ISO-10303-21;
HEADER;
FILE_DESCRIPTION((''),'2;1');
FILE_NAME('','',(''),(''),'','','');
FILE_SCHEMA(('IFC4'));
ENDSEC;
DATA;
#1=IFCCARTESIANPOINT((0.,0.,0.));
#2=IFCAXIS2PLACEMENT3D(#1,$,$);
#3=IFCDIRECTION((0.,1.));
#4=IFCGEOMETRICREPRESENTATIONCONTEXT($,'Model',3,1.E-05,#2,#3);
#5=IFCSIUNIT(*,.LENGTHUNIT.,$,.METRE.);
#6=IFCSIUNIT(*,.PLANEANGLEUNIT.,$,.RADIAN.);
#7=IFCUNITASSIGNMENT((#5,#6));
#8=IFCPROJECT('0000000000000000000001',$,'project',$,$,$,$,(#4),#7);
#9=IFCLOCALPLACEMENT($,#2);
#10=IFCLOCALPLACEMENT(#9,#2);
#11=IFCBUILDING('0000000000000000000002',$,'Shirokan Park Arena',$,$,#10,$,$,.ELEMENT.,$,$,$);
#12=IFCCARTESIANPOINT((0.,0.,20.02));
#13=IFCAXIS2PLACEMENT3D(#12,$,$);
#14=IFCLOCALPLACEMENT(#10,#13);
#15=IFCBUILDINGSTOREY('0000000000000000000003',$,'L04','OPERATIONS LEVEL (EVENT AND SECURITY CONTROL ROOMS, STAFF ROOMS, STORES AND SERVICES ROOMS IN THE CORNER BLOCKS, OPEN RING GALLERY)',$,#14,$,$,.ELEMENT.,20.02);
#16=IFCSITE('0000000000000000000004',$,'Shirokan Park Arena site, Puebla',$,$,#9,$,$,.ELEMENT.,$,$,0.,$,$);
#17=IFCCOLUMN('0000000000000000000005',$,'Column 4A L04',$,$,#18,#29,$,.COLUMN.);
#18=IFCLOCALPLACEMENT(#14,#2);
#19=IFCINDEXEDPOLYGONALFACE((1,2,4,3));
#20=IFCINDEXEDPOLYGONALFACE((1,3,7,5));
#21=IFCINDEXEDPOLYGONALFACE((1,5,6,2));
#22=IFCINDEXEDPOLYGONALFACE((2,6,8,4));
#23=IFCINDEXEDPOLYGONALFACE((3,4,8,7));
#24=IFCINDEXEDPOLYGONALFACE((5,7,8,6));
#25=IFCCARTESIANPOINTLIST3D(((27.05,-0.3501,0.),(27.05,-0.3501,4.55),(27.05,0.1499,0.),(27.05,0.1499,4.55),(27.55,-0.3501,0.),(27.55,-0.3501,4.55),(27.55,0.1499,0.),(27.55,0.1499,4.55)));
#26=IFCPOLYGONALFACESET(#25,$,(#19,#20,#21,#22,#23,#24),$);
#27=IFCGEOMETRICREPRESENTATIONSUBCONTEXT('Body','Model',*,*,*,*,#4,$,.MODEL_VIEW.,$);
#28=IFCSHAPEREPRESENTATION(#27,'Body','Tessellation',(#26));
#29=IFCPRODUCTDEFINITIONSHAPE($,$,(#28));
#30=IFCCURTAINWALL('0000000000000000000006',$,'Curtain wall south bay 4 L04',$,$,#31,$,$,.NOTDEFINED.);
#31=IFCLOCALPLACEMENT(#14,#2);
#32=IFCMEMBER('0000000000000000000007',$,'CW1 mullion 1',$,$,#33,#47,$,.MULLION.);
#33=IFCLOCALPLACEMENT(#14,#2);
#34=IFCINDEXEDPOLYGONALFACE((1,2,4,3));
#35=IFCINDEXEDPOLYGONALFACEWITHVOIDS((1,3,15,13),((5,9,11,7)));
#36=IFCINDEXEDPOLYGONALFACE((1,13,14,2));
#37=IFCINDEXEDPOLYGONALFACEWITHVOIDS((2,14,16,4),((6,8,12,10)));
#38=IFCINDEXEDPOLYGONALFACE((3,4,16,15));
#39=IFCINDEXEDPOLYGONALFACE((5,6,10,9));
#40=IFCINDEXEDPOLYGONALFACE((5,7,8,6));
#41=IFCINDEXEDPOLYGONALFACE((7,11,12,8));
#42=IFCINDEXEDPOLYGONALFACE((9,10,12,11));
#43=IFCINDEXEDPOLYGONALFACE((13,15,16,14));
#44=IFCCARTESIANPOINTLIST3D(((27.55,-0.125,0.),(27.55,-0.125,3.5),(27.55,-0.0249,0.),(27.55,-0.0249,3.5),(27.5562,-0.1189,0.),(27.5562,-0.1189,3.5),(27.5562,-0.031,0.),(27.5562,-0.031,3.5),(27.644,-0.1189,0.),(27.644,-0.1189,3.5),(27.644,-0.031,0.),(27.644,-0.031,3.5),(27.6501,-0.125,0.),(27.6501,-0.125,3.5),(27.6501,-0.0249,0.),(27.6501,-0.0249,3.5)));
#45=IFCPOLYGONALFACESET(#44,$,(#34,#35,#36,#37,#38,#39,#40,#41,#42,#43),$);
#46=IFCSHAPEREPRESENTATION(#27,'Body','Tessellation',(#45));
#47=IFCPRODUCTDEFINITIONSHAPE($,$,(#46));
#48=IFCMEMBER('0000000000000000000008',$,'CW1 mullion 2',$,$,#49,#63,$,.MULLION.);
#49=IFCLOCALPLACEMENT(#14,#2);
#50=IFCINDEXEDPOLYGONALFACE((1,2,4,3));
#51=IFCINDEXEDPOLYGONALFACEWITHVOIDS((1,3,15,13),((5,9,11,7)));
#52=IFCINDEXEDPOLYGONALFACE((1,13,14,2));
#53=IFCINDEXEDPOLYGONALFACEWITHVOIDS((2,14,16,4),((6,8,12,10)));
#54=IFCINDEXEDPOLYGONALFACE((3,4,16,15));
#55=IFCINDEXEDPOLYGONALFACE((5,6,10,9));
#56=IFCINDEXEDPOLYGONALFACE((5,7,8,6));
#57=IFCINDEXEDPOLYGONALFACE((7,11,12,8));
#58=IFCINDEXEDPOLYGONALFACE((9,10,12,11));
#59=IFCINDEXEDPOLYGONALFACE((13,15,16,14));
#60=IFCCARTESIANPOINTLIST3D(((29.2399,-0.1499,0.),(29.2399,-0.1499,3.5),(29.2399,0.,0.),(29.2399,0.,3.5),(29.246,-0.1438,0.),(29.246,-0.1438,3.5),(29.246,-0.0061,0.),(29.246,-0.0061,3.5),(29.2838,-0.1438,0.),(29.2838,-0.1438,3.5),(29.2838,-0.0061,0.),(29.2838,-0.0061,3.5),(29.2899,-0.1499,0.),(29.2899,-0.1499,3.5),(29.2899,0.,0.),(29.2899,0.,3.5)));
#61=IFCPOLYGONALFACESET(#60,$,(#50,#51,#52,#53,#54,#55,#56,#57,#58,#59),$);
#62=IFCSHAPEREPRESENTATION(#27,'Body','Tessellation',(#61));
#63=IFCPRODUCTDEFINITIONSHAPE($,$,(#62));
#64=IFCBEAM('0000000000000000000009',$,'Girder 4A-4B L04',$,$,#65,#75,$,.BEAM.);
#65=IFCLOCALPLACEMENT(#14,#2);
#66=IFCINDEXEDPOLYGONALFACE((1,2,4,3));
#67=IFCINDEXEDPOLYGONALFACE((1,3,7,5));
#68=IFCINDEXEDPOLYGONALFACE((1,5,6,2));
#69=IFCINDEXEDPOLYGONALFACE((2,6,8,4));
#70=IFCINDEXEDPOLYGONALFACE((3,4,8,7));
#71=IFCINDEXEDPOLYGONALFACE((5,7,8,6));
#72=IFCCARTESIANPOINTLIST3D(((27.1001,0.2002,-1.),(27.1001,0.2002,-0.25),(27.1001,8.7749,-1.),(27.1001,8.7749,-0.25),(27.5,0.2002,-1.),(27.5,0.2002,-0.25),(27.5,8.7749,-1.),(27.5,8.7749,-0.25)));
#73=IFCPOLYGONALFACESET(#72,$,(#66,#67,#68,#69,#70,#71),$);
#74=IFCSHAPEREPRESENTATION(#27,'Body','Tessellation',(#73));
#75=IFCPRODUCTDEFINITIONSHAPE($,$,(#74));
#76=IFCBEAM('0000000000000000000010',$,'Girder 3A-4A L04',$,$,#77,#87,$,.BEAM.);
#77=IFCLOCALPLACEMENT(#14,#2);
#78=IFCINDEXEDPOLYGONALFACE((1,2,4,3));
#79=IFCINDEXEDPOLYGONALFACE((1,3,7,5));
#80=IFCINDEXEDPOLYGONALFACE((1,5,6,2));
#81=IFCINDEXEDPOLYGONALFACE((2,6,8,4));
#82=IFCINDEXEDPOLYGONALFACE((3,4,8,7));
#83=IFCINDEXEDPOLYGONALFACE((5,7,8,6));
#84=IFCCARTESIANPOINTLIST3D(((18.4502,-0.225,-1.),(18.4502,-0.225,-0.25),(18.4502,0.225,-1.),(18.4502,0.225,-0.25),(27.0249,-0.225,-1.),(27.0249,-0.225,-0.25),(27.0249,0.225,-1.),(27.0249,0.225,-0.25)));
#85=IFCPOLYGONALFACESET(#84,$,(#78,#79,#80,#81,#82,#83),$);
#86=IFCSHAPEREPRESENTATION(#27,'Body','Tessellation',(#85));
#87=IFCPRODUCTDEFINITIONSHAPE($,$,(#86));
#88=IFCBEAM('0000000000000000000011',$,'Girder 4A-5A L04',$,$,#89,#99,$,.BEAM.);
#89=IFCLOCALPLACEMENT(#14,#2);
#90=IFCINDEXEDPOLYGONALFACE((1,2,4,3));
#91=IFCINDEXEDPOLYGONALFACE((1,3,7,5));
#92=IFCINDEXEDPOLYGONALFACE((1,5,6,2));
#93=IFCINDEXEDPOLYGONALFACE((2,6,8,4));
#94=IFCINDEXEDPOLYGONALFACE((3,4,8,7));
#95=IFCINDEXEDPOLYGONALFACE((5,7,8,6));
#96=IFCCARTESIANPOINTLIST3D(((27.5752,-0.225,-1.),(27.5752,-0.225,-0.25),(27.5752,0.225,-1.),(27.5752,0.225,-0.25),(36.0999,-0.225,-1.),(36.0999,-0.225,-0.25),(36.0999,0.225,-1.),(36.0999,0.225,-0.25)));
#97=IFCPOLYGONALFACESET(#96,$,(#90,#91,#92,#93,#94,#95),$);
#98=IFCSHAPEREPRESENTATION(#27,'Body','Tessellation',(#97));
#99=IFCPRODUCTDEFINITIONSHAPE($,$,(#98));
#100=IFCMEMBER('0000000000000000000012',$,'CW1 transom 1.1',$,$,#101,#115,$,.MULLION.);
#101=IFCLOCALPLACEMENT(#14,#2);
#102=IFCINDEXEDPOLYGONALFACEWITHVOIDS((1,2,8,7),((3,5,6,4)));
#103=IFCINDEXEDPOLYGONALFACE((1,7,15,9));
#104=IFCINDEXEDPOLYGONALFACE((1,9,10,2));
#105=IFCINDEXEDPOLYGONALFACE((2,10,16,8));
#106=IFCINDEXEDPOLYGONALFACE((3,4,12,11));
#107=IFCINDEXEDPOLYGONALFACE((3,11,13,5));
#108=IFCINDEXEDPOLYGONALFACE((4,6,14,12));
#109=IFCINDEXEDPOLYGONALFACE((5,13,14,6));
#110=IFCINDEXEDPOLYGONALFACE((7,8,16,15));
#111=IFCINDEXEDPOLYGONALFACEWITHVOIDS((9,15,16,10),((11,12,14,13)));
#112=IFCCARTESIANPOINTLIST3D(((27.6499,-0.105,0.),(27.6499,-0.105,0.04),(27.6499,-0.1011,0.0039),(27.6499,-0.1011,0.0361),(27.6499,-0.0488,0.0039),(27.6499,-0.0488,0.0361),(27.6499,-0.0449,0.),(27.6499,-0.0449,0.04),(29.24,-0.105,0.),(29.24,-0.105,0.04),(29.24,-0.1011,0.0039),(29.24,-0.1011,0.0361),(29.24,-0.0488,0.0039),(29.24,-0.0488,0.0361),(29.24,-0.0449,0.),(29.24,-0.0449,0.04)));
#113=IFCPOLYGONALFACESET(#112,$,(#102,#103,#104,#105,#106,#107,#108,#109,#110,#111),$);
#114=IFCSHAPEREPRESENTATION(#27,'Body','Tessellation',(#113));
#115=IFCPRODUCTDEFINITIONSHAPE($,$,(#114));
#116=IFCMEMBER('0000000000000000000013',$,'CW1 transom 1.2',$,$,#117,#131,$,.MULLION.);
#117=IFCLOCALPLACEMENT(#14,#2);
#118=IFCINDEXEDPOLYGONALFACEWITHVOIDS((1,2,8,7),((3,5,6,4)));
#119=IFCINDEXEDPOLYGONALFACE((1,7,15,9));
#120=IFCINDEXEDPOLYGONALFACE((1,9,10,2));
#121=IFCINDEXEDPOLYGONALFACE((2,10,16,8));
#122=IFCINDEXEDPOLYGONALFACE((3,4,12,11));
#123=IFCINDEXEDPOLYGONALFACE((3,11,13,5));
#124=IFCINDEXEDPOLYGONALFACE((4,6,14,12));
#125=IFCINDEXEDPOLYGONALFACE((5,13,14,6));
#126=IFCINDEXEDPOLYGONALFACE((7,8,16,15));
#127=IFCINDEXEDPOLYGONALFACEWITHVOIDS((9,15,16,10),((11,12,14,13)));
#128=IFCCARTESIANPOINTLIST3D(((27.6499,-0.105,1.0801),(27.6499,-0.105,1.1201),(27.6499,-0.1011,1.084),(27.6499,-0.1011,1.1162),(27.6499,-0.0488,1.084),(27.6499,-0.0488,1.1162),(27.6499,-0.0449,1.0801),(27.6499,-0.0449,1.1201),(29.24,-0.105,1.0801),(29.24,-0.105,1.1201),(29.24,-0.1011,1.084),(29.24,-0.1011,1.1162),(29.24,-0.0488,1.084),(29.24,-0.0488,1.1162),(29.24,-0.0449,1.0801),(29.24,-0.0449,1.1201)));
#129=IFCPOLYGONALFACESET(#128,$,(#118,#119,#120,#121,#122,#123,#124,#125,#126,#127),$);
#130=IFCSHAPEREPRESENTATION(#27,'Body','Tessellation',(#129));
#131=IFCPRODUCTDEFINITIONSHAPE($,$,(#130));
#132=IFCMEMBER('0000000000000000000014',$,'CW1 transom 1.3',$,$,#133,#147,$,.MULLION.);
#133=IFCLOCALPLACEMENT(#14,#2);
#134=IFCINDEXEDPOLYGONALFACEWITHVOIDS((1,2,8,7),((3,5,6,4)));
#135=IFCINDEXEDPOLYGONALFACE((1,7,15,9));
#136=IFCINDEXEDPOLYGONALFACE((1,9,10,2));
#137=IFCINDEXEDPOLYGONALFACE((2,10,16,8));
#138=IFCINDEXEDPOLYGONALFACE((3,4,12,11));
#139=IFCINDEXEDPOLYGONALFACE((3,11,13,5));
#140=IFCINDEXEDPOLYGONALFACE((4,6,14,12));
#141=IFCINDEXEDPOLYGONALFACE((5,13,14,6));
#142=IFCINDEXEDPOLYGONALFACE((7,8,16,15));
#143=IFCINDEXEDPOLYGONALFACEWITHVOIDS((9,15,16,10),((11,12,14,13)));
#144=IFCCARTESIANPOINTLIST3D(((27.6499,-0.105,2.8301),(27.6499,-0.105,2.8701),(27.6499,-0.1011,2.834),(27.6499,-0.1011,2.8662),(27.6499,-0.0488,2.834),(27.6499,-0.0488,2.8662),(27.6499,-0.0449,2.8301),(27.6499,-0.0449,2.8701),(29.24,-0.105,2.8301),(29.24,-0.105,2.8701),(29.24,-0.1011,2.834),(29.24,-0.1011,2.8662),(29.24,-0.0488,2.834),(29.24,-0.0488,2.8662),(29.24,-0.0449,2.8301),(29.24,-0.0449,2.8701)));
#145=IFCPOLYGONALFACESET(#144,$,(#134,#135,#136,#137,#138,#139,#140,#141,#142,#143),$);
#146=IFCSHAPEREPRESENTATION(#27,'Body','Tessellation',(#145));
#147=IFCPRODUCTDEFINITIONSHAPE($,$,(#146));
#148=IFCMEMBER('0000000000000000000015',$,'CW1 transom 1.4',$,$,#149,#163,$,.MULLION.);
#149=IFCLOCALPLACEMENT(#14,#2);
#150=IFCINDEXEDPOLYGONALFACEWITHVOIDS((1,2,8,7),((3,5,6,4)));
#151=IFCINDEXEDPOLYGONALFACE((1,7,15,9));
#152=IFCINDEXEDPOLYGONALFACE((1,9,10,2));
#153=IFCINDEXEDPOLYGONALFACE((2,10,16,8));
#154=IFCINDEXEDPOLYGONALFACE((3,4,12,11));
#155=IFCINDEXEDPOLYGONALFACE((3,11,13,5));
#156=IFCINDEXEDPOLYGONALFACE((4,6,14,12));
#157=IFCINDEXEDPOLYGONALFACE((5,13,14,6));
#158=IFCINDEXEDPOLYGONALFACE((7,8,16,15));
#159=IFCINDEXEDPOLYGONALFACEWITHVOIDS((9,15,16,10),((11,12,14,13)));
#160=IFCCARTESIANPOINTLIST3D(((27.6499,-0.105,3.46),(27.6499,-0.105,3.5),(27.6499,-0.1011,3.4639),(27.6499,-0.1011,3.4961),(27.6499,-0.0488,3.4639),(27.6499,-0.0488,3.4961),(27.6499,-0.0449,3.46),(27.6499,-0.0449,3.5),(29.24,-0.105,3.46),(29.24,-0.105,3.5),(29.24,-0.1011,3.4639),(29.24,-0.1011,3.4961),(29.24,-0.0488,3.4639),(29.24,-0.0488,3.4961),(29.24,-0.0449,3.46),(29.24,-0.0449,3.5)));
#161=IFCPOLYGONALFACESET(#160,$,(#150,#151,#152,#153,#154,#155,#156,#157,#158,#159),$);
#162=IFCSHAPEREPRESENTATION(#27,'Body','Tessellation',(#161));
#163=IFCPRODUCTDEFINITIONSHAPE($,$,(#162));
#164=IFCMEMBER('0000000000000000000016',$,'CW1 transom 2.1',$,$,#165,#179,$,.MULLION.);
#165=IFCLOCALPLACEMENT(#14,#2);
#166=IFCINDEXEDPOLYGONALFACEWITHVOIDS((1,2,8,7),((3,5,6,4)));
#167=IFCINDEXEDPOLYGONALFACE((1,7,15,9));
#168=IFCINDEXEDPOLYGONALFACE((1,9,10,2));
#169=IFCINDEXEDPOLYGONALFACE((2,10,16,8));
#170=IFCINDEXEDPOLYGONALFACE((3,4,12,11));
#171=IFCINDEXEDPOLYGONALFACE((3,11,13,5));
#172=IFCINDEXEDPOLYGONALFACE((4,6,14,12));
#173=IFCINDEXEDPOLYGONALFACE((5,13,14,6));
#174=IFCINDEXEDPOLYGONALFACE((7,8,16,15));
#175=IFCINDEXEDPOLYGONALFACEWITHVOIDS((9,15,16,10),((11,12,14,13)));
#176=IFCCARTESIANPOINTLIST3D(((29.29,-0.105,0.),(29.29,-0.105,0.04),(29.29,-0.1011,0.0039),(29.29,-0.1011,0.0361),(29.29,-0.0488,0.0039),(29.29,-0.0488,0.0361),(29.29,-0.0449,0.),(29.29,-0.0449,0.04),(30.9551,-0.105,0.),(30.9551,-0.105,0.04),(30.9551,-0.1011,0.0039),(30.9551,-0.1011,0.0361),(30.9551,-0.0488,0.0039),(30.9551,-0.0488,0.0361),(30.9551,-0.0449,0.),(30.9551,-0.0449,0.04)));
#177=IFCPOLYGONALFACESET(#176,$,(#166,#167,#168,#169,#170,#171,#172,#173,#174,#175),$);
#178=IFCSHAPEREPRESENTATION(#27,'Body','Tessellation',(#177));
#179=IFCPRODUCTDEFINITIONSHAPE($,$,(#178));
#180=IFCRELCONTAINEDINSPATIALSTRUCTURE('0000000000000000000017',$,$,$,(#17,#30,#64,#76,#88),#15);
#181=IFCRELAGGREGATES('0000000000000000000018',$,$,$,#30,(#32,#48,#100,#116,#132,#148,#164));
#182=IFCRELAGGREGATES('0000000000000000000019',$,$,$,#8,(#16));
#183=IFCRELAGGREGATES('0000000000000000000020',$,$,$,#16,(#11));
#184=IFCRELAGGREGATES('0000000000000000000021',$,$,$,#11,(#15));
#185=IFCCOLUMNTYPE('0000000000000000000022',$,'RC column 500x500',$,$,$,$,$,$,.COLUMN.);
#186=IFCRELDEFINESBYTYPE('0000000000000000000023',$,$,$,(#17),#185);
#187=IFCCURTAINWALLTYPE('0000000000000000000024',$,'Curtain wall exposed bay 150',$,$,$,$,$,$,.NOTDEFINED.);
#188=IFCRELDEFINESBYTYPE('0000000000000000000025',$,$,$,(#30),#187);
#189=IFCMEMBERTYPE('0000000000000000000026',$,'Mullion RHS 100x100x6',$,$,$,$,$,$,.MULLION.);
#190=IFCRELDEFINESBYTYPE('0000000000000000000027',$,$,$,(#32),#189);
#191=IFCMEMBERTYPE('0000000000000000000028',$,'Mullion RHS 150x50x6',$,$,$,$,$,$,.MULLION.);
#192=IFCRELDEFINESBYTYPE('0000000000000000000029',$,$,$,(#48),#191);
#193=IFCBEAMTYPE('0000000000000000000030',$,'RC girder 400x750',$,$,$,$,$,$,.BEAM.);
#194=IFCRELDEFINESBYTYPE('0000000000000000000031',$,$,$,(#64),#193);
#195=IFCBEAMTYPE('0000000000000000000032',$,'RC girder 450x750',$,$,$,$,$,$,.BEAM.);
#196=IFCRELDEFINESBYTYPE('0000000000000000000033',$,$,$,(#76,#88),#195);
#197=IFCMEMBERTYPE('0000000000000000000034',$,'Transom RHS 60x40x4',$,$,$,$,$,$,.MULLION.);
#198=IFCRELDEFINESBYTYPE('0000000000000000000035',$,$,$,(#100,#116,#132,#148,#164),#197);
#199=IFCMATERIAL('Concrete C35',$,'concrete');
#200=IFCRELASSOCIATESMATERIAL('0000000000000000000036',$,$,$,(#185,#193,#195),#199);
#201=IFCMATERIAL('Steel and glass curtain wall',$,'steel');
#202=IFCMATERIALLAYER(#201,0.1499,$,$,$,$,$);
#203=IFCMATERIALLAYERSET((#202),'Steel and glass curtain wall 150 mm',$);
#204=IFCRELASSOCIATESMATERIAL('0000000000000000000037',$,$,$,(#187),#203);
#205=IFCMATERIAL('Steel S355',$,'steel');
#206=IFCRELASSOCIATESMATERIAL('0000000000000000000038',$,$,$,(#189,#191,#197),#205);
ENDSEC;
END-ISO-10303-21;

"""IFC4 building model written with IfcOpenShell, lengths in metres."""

from ifc_helpers import new_model, si_unit, direction, frame, origin, origin_2d, place, context, subcontext, project, spatial, rectangle, hollow_rectangle, extrude, material, layer, layer_set, material_profile, profile_set, type_object, element, aggregate, save


model = new_model("IFC4")

# Units and contexts
model_context = context("Model", 3, precision=1e-05, world=origin(), true_north=direction((0.0, 1.0)))
body_context = subcontext(model_context, "Body", "Model", "MODEL_VIEW")
ifc_project = project(units=[si_unit("LENGTHUNIT", "METRE"), si_unit("PLANEANGLEUNIT", "RADIAN")], contexts=[model_context])

# Site, building, storey
site_placement = place(None, origin())
site = spatial("IfcSite", under=ifc_project, at=site_placement, Name="Shirokan Park Arena site, Puebla", CompositionType="ELEMENT", RefElevation=0.0)
building_placement = place(site_placement, origin())
building = spatial("IfcBuilding", under=site, at=building_placement, Name="Shirokan Park Arena", CompositionType="ELEMENT")
storey_placement = place(building_placement, frame((0.0, 0.0, 20.02)))
storey = spatial("IfcBuildingStorey", under=building, at=storey_placement, Name="L04", Description="OPERATIONS LEVEL (EVENT AND SECURITY CONTROL ROOMS, STAFF ROOMS, STORES AND SERVICES ROOMS IN THE CORNER BLOCKS, OPEN RING GALLERY)", CompositionType="ELEMENT", Elevation=20.02)

# Column
ifc_material_1 = material(Name="Concrete C35", Category="concrete")
ifc_material_profile_1 = material_profile(ifc_material_1, rectangle(XDim=0.5, YDim=0.5, at=origin_2d()), Name="500x500")
ifc_profile_set_1 = profile_set([ifc_material_profile_1], Name="Concrete C35")
column_type = type_object("IfcColumnType", Name="RC column 500x500", PredefinedType="COLUMN", material=ifc_profile_set_1)
column_placement = place(storey_placement, frame((27.3, -0.1001, 0.0), z_axis=(0.0, 0.0, 1.0), x_axis=(1.0, 0.0, 0.0)))
element("IfcColumn", 1, at=column_placement, inside=storey, type_object=column_type, Name="Column 4A L04", PredefinedType="COLUMN", context=body_context, shape_type="SweptSolid", body=[
    extrude(rectangle(XDim=0.5, YDim=0.5, at=origin_2d()), origin(), (0.0, 0.0, 1.0), 4.55),
])

# Curtain wall, members
ifc_material_2 = material(Name="Steel and glass curtain wall", Category="steel")
ifc_layer_1 = layer(ifc_material_2, 0.1499)
ifc_layer_set_1 = layer_set([ifc_layer_1], Name="Steel and glass curtain wall 150 mm")
curtain_wall_type = type_object("IfcCurtainWallType", Name="Curtain wall exposed bay 150", PredefinedType="NOTDEFINED", material=ifc_layer_set_1)
curtain_wall_placement = place(storey_placement, origin())
curtain_wall = element("IfcCurtainWall", 2, at=curtain_wall_placement, inside=storey, type_object=curtain_wall_type, Name="Curtain wall south bay 4 L04", PredefinedType="NOTDEFINED")
ifc_material_3 = material(Name="Steel S355", Category="steel")
ifc_material_profile_2 = material_profile(ifc_material_3, hollow_rectangle(XDim=0.1001, YDim=0.1001, WallThickness=0.0061, at=origin_2d()), Name="RHS 100x100x6")
ifc_profile_set_2 = profile_set([ifc_material_profile_2], Name="Steel S355")
member_type_1 = type_object("IfcMemberType", Name="Mullion RHS 100x100x6", PredefinedType="MULLION", material=ifc_profile_set_2)
member_1_placement = place(storey_placement, frame((27.6001, -0.075, 0.0), z_axis=(0.0, 0.0, 1.0), x_axis=(0.0, 1.0, 0.0)))
member_1 = element("IfcMember", 3, at=member_1_placement, type_object=member_type_1, Name="CW1 mullion 1", PredefinedType="MULLION", context=body_context, shape_type="SweptSolid", body=[
    extrude(hollow_rectangle(XDim=0.1001, YDim=0.1001, WallThickness=0.0061, at=origin_2d()), origin(), (0.0, 0.0, 1.0), 3.5),
])
ifc_material_profile_3 = material_profile(ifc_material_3, hollow_rectangle(XDim=0.1499, YDim=0.05, WallThickness=0.0061, at=origin_2d()), Name="RHS 150x50x6")
ifc_profile_set_3 = profile_set([ifc_material_profile_3], Name="Steel S355")
member_type_2 = type_object("IfcMemberType", Name="Mullion RHS 150x50x6", PredefinedType="MULLION", material=ifc_profile_set_3)
member_2_placement = place(storey_placement, frame((29.2649, -0.075, 0.0), z_axis=(0.0, 0.0, 1.0), x_axis=(0.0, 1.0, 0.0)))
member_2 = element("IfcMember", 4, at=member_2_placement, type_object=member_type_2, Name="CW1 mullion 2", PredefinedType="MULLION", context=body_context, shape_type="SweptSolid", body=[
    extrude(hollow_rectangle(XDim=0.1499, YDim=0.05, WallThickness=0.0061, at=origin_2d()), origin(), (0.0, 0.0, 1.0), 3.5),
])

# Beams
ifc_material_profile_4 = material_profile(ifc_material_1, rectangle(XDim=0.3999, YDim=0.75, at=origin_2d()), Name="400x750")
ifc_profile_set_4 = profile_set([ifc_material_profile_4], Name="Concrete C35")
beam_type_1 = type_object("IfcBeamType", Name="RC girder 400x750", PredefinedType="BEAM", material=ifc_profile_set_4)
beam_1_placement = place(storey_placement, frame((27.3, 0.2002, -0.625), z_axis=(0.0, 1.0, 0.0), x_axis=(-1.0, 0.0, 0.0)))
element("IfcBeam", 5, at=beam_1_placement, inside=storey, type_object=beam_type_1, Name="Girder 4A-4B L04", PredefinedType="BEAM", context=body_context, shape_type="SweptSolid", body=[
    extrude(rectangle(XDim=0.3999, YDim=0.75, at=origin_2d()), origin(), (0.0, 0.0, 1.0), 8.5747),
])
ifc_material_profile_5 = material_profile(ifc_material_1, rectangle(XDim=0.45, YDim=0.75, at=origin_2d()), Name="450x750")
ifc_profile_set_5 = profile_set([ifc_material_profile_5], Name="Concrete C35")
beam_type_2 = type_object("IfcBeamType", Name="RC girder 450x750", PredefinedType="BEAM", material=ifc_profile_set_5)
beam_2_placement = place(storey_placement, frame((18.4502, 0.0, -0.625), z_axis=(1.0, 0.0, 0.0), x_axis=(0.0, 1.0, 0.0)))
element("IfcBeam", 6, at=beam_2_placement, inside=storey, type_object=beam_type_2, Name="Girder 3A-4A L04", PredefinedType="BEAM", context=body_context, shape_type="SweptSolid", body=[
    extrude(rectangle(XDim=0.45, YDim=0.75, at=origin_2d()), origin(), (0.0, 0.0, 1.0), 8.5747),
])
beam_3_placement = place(storey_placement, frame((27.5752, 0.0, -0.625), z_axis=(1.0, 0.0, 0.0), x_axis=(0.0, 1.0, 0.0)))
element("IfcBeam", 7, at=beam_3_placement, inside=storey, type_object=beam_type_2, Name="Girder 4A-5A L04", PredefinedType="BEAM", context=body_context, shape_type="SweptSolid", body=[
    extrude(rectangle(XDim=0.45, YDim=0.75, at=origin_2d()), origin(), (0.0, 0.0, 1.0), 8.5247),
])

# Members
ifc_material_profile_6 = material_profile(ifc_material_3, hollow_rectangle(XDim=0.0601, YDim=0.04, WallThickness=0.0039, at=origin_2d()), Name="RHS 60x40x4")
ifc_profile_set_6 = profile_set([ifc_material_profile_6], Name="Steel S355")
member_type_3 = type_object("IfcMemberType", Name="Transom RHS 60x40x4", PredefinedType="MULLION", material=ifc_profile_set_6)
member_3_placement = place(storey_placement, frame((27.6499, -0.075, 0.02), z_axis=(1.0, 0.0, 0.0), x_axis=(0.0, 1.0, 0.0)))
member_3 = element("IfcMember", 8, at=member_3_placement, type_object=member_type_3, Name="CW1 transom 1.1", PredefinedType="MULLION", context=body_context, shape_type="SweptSolid", body=[
    extrude(hollow_rectangle(XDim=0.0601, YDim=0.04, WallThickness=0.0039, at=origin_2d()), origin(), (0.0, 0.0, 1.0), 1.5901),
])
member_4_placement = place(storey_placement, frame((27.6499, -0.075, 1.1001), z_axis=(1.0, 0.0, 0.0), x_axis=(0.0, 1.0, 0.0)))
member_4 = element("IfcMember", 9, at=member_4_placement, type_object=member_type_3, Name="CW1 transom 1.2", PredefinedType="MULLION", context=body_context, shape_type="SweptSolid", body=[
    extrude(hollow_rectangle(XDim=0.0601, YDim=0.04, WallThickness=0.0039, at=origin_2d()), origin(), (0.0, 0.0, 1.0), 1.5901),
])
member_5_placement = place(storey_placement, frame((27.6499, -0.075, 2.8501), z_axis=(1.0, 0.0, 0.0), x_axis=(0.0, 1.0, 0.0)))
member_5 = element("IfcMember", 10, at=member_5_placement, type_object=member_type_3, Name="CW1 transom 1.3", PredefinedType="MULLION", context=body_context, shape_type="SweptSolid", body=[
    extrude(hollow_rectangle(XDim=0.0601, YDim=0.04, WallThickness=0.0039, at=origin_2d()), origin(), (0.0, 0.0, 1.0), 1.5901),
])
member_6_placement = place(storey_placement, frame((27.6499, -0.075, 3.48), z_axis=(1.0, 0.0, 0.0), x_axis=(0.0, 1.0, 0.0)))
member_6 = element("IfcMember", 11, at=member_6_placement, type_object=member_type_3, Name="CW1 transom 1.4", PredefinedType="MULLION", context=body_context, shape_type="SweptSolid", body=[
    extrude(hollow_rectangle(XDim=0.0601, YDim=0.04, WallThickness=0.0039, at=origin_2d()), origin(), (0.0, 0.0, 1.0), 1.5901),
])
member_7_placement = place(storey_placement, frame((29.29, -0.075, 0.02), z_axis=(1.0, 0.0, 0.0), x_axis=(0.0, 1.0, 0.0)))
member_7 = element("IfcMember", 12, at=member_7_placement, type_object=member_type_3, Name="CW1 transom 2.1", PredefinedType="MULLION", context=body_context, shape_type="SweptSolid", body=[
    extrude(hollow_rectangle(XDim=0.0601, YDim=0.04, WallThickness=0.0039, at=origin_2d()), origin(), (0.0, 0.0, 1.0), 1.665),
])

aggregate(curtain_wall, [member_1, member_2, member_3, member_4, member_5, member_6, member_7])

save(model, "model.ifc")
